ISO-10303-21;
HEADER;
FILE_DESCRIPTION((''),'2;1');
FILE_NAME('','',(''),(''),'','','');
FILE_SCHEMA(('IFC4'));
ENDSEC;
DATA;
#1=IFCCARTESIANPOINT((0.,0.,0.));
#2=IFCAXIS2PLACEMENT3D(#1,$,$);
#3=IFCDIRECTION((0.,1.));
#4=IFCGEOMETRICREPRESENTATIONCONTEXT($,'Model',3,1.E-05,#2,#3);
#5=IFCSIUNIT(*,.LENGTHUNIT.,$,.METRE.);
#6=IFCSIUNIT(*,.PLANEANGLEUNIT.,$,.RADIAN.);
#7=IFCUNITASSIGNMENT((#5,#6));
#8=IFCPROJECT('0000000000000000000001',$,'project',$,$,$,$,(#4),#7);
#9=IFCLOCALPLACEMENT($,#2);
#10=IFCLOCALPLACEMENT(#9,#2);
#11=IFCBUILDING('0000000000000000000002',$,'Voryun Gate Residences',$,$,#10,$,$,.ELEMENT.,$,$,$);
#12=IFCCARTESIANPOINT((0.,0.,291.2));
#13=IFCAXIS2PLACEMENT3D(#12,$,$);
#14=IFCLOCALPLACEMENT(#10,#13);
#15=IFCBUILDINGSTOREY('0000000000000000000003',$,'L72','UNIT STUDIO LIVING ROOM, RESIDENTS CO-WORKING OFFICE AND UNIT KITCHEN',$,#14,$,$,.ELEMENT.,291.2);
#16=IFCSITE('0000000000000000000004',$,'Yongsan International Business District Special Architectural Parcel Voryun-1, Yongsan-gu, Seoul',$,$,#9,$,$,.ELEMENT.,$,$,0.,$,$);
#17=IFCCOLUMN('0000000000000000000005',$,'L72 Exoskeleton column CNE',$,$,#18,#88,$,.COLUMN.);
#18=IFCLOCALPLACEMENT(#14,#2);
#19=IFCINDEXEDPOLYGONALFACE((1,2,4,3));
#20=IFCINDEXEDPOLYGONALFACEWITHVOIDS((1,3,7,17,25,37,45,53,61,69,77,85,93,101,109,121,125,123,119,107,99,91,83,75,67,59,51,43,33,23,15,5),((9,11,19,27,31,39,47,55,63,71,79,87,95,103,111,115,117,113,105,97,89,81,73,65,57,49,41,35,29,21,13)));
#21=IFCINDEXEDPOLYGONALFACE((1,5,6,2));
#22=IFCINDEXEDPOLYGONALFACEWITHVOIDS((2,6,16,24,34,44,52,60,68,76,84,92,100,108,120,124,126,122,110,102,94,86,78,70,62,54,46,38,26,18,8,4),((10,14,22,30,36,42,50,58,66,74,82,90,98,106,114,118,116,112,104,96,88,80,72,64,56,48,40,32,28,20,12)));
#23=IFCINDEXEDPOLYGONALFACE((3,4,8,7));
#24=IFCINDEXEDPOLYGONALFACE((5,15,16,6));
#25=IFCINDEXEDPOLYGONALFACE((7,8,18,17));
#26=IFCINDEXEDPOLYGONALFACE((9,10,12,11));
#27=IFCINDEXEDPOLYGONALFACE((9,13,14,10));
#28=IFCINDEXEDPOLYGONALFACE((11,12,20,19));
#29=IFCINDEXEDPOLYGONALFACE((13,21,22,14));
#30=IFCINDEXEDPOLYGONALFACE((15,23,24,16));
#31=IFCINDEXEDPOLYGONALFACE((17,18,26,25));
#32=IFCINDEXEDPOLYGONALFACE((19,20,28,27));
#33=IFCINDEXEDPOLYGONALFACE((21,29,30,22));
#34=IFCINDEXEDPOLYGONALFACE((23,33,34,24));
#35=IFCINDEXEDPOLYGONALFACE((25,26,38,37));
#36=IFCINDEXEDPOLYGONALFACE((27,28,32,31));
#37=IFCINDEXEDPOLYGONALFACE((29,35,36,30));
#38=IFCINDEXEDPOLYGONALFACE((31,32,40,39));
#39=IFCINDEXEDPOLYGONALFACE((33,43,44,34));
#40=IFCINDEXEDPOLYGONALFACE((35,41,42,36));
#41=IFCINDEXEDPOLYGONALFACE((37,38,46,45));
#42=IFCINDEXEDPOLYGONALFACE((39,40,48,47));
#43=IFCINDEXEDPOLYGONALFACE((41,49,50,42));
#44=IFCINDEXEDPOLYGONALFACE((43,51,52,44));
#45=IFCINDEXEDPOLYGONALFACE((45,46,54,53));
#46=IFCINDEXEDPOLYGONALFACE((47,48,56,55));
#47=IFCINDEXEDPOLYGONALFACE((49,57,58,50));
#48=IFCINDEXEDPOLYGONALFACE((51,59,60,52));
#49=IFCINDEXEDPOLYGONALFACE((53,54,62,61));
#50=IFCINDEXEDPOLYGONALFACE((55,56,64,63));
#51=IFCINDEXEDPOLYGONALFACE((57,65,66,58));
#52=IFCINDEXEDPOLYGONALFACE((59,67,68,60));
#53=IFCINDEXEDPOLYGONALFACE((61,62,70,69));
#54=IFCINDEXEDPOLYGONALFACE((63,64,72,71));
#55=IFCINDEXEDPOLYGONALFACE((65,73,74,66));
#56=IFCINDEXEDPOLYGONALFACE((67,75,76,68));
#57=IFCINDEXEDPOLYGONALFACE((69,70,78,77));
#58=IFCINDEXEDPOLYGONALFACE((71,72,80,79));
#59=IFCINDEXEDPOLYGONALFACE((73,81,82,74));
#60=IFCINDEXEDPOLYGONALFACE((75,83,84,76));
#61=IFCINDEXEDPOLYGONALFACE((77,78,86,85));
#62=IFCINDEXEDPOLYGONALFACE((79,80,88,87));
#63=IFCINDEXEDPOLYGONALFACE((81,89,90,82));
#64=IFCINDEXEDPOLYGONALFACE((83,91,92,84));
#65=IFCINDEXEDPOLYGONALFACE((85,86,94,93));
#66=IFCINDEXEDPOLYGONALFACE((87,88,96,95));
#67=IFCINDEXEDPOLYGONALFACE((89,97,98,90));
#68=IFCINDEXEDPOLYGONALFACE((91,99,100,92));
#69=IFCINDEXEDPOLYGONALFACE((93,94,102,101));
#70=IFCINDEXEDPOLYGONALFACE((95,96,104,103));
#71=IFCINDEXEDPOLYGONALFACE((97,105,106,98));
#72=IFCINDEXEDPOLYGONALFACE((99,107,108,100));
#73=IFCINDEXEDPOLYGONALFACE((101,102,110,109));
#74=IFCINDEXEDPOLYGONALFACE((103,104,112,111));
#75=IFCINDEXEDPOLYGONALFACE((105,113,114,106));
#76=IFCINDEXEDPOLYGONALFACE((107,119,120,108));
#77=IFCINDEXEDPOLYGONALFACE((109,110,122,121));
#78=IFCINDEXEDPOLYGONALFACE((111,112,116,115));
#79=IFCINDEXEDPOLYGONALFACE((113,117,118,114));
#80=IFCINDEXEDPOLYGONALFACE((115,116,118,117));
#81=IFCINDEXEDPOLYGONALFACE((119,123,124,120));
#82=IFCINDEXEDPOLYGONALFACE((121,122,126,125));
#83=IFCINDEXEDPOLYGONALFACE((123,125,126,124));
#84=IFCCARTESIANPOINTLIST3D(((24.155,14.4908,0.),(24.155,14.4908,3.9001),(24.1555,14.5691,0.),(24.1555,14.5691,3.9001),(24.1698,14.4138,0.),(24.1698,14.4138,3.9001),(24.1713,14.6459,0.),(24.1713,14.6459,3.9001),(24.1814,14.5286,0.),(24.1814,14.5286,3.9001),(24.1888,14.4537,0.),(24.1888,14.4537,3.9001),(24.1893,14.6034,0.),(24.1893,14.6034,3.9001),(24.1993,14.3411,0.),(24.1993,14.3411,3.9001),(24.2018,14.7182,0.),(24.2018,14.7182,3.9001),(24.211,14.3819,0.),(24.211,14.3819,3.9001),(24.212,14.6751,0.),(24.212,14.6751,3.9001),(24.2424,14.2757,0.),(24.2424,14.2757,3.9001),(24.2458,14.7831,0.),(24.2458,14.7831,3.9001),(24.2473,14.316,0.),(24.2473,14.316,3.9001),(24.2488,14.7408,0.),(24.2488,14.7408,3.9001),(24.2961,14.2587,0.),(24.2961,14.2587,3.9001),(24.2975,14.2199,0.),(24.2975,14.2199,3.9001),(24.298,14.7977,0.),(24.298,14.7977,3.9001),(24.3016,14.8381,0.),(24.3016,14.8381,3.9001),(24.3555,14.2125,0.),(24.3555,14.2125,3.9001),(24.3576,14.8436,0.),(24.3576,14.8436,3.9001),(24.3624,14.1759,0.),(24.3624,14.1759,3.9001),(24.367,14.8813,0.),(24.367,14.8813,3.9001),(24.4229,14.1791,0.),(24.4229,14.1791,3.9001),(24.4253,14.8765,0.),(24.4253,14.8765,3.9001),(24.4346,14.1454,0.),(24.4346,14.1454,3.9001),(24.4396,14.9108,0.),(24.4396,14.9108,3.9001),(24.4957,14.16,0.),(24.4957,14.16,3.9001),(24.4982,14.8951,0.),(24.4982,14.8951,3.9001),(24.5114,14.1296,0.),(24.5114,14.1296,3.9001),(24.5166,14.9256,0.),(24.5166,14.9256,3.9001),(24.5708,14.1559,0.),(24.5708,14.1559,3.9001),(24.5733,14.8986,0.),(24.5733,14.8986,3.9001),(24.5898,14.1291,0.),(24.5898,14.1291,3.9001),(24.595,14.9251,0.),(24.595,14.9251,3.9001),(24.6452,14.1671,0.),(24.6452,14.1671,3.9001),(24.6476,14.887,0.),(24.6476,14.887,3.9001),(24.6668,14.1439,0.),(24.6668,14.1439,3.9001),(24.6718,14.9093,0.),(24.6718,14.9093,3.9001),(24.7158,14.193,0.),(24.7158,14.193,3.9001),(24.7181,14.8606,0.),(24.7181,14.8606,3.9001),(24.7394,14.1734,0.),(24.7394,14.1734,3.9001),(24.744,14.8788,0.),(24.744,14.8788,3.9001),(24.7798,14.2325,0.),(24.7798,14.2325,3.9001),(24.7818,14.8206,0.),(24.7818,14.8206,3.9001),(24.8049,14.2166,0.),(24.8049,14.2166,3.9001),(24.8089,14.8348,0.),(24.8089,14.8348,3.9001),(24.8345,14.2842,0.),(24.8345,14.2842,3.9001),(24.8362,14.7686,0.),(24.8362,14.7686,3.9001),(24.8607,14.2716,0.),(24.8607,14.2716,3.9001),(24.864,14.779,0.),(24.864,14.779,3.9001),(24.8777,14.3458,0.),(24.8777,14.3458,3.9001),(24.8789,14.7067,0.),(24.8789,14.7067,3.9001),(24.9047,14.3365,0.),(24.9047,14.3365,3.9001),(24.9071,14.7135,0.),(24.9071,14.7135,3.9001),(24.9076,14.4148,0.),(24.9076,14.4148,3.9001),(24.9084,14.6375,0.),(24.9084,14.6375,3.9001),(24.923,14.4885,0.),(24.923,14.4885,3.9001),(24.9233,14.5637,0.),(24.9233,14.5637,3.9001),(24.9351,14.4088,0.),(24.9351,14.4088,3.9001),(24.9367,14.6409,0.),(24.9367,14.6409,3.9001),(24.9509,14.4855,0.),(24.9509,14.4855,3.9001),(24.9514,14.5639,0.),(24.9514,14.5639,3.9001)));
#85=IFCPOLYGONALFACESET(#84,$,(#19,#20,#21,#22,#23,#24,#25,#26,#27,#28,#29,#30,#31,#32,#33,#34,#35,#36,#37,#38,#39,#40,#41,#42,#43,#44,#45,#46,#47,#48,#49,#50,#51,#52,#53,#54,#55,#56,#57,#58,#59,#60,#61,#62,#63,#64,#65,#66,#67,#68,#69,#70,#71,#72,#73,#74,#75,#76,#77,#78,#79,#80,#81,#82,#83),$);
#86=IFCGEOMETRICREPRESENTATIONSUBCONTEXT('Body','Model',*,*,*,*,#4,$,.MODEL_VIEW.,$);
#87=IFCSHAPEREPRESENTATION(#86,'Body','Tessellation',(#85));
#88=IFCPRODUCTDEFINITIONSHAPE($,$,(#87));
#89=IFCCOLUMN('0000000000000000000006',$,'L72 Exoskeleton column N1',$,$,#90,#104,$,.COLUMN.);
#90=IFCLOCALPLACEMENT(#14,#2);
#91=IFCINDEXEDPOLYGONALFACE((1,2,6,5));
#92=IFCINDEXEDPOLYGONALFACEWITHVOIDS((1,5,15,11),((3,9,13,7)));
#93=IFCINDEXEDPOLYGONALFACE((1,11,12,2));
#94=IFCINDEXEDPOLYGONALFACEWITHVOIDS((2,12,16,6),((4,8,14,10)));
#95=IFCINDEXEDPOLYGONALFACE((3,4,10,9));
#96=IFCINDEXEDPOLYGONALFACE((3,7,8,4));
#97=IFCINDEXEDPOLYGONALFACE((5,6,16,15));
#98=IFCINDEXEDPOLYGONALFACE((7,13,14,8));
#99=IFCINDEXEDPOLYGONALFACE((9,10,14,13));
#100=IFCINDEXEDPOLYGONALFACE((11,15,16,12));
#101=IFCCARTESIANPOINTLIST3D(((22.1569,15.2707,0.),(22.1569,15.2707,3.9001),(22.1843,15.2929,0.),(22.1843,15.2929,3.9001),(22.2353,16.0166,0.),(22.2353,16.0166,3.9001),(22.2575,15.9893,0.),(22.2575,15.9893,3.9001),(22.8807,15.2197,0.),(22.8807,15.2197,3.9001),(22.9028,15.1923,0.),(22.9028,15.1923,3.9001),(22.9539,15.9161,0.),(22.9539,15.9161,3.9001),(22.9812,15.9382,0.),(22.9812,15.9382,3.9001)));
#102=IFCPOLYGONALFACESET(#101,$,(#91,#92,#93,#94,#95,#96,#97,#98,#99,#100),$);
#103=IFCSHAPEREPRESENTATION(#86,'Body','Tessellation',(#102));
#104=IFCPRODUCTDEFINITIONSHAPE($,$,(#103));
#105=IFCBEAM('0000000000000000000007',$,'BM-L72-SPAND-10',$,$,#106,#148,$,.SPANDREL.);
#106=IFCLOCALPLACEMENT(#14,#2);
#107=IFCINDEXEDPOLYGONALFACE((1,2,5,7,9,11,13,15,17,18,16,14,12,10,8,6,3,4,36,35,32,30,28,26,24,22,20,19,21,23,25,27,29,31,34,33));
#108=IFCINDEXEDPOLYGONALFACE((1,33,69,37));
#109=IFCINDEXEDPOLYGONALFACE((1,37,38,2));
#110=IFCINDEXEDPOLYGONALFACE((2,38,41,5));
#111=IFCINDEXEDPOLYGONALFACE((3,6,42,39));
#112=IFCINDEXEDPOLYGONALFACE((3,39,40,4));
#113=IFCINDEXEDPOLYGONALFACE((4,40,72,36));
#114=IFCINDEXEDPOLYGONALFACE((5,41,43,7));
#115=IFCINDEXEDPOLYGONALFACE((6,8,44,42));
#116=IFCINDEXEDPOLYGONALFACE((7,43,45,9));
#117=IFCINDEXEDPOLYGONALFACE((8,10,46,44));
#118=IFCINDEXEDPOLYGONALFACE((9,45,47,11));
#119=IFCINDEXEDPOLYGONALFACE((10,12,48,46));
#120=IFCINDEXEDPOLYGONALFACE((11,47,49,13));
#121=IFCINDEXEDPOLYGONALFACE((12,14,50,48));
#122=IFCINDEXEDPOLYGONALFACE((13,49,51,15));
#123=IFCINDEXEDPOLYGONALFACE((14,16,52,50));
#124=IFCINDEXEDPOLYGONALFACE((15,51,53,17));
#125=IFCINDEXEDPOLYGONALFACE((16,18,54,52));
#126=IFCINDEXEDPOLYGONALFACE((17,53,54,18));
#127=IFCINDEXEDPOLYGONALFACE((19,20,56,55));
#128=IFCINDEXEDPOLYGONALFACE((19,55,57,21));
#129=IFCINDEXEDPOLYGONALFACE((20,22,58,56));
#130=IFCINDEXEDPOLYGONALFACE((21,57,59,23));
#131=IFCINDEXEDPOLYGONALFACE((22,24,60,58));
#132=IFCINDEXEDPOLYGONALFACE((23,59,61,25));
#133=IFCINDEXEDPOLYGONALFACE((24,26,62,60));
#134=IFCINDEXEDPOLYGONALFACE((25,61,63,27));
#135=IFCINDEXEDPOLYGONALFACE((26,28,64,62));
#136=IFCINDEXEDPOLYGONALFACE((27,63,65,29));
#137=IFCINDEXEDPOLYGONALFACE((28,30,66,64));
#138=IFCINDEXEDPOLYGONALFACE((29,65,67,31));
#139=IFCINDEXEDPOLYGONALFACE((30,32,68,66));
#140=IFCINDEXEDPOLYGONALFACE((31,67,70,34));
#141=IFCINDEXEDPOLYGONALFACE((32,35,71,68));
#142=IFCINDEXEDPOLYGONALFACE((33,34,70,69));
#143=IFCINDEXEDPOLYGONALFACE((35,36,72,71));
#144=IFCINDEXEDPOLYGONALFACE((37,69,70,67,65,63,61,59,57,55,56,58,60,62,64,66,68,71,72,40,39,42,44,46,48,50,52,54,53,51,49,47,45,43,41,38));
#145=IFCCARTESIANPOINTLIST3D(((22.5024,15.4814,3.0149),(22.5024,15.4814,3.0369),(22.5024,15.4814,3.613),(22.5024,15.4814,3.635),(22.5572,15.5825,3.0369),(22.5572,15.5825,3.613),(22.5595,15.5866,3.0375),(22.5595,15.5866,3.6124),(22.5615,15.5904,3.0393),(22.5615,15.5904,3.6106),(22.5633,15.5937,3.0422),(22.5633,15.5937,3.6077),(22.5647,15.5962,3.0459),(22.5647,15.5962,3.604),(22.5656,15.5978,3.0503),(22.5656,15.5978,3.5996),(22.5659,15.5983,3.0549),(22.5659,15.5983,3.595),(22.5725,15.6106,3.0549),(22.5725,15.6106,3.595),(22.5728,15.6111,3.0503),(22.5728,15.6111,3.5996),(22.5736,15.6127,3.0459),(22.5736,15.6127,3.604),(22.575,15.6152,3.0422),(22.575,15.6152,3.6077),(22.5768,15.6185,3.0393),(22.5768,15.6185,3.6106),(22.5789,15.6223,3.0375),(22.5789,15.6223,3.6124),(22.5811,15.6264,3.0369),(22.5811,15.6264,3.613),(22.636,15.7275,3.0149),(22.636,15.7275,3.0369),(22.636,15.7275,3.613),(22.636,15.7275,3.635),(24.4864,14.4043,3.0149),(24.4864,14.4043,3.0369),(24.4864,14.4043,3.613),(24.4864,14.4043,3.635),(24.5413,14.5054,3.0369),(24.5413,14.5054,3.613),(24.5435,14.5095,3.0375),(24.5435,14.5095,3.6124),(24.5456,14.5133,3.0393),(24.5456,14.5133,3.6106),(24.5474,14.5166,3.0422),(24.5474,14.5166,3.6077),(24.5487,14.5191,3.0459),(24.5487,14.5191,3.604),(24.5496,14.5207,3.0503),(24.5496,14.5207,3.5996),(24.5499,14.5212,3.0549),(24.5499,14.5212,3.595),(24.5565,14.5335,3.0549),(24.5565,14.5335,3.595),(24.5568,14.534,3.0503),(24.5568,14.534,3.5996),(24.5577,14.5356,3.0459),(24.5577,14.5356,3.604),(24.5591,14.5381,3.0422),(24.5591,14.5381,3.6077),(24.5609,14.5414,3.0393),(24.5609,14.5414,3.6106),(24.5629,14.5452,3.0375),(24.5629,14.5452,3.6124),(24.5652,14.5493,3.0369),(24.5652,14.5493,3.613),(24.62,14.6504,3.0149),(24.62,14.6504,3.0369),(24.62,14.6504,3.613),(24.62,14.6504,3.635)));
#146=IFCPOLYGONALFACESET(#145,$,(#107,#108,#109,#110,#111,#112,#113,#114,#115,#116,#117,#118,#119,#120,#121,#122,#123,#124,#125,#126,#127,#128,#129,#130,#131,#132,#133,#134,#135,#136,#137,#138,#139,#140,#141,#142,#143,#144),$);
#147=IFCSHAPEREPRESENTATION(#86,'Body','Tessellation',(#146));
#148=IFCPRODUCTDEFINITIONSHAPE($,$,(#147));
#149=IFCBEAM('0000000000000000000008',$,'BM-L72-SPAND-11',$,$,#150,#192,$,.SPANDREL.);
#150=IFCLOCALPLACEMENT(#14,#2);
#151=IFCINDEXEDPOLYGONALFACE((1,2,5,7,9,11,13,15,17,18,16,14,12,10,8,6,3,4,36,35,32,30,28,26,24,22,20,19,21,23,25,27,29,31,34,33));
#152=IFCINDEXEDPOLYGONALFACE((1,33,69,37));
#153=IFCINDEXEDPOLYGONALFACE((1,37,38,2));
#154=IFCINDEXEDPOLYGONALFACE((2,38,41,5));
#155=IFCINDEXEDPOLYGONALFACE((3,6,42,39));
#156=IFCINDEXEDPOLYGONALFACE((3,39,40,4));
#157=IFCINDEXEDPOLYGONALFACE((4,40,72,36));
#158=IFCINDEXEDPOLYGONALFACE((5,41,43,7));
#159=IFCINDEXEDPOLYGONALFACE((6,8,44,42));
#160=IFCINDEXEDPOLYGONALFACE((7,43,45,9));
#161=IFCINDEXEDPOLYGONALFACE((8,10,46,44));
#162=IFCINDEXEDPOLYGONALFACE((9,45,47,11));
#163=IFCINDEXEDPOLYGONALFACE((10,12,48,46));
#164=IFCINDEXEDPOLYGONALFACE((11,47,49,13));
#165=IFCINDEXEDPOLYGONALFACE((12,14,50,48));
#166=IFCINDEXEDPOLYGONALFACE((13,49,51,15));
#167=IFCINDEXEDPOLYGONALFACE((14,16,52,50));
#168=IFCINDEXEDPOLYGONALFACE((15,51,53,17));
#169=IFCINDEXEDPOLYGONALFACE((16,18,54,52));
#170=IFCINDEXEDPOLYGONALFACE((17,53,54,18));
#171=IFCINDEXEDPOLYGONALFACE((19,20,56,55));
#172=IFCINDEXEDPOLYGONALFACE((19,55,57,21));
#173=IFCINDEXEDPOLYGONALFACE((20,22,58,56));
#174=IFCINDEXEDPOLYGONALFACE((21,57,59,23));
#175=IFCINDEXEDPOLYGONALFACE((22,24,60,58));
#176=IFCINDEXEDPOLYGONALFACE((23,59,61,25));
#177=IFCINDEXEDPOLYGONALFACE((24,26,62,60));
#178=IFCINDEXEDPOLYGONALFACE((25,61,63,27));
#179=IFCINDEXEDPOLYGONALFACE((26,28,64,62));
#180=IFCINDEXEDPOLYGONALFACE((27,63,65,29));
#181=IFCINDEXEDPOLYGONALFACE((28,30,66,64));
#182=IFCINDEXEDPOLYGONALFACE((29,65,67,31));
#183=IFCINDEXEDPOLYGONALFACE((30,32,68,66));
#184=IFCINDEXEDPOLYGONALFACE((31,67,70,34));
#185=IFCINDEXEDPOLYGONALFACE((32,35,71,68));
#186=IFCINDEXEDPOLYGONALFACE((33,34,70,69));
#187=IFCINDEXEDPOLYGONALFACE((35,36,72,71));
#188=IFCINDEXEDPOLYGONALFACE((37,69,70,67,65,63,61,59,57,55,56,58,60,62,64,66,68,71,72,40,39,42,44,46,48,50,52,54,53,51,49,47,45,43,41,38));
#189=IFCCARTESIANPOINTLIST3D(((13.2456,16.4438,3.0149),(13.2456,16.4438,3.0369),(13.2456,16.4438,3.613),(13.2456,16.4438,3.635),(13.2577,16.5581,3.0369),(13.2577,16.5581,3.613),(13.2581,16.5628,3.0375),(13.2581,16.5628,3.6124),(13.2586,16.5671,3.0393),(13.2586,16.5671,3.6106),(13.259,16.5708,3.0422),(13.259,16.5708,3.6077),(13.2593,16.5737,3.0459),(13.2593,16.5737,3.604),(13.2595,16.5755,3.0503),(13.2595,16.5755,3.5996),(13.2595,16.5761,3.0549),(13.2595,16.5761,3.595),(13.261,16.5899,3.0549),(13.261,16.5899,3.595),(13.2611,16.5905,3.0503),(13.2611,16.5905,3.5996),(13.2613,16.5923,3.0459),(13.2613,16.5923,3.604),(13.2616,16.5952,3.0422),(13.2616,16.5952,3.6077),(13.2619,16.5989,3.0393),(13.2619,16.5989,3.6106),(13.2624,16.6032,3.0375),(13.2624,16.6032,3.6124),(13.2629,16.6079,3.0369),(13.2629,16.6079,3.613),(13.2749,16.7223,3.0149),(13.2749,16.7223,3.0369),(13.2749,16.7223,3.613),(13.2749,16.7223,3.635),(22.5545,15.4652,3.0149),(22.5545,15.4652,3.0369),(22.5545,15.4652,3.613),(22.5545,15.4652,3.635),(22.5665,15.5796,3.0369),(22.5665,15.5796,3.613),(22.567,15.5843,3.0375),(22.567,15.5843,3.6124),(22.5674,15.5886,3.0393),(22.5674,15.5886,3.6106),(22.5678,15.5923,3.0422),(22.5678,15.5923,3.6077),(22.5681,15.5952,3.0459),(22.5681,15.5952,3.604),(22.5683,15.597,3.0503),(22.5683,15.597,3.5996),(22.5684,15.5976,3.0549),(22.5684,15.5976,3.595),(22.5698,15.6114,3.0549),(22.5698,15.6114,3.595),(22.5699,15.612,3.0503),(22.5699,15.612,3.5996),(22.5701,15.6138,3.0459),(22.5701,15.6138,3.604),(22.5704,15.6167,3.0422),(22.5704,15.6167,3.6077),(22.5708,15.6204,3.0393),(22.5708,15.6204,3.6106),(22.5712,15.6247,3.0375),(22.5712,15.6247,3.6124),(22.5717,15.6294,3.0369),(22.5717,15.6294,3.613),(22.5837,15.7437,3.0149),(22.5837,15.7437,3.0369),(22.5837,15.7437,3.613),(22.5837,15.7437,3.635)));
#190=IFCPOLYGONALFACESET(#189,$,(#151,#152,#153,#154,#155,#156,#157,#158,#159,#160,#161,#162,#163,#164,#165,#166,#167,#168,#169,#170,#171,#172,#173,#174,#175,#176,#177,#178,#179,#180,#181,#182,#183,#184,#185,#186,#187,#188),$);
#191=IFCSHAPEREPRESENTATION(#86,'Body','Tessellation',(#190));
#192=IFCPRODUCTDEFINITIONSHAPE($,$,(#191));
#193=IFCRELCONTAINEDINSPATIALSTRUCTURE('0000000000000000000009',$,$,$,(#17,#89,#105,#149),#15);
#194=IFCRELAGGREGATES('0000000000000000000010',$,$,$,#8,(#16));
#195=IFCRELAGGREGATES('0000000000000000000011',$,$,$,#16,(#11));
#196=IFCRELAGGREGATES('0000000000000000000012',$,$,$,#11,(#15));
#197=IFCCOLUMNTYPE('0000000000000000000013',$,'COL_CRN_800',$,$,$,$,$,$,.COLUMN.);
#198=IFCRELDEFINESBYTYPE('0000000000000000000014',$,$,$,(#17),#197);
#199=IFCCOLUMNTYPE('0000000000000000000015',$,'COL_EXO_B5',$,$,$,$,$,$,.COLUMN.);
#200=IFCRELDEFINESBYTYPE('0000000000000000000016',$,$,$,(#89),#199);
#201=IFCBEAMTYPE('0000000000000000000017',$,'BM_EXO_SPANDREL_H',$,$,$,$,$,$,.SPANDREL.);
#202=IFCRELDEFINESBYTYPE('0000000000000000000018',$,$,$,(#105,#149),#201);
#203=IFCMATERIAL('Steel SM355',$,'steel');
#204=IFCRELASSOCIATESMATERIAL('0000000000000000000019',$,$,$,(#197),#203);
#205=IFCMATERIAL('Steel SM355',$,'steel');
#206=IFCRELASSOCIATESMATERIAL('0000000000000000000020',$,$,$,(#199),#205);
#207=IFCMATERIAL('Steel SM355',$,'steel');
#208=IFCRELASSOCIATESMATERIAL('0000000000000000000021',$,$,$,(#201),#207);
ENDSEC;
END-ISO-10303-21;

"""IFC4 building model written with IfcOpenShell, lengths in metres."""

from ifc_helpers import new_model, si_unit, direction, frame, origin, origin_2d, place, context, subcontext, project, spatial, hollow_rectangle, hollow_circle, i_section, extrude, material, material_profile, profile_set, type_object, element, save


model = new_model("IFC4")

# Units and contexts
model_context = context("Model", 3, precision=1e-05, world=origin(), true_north=direction((0.0, 1.0)))
body_context = subcontext(model_context, "Body", "Model", "MODEL_VIEW")
ifc_project = project(units=[si_unit("LENGTHUNIT", "METRE"), si_unit("PLANEANGLEUNIT", "RADIAN")], contexts=[model_context])

# Site, building, storey
site_placement = place(None, origin())
site = spatial("IfcSite", under=ifc_project, at=site_placement, Name="Yongsan International Business District Special Architectural Parcel Voryun-1, Yongsan-gu, Seoul", CompositionType="ELEMENT", RefElevation=0.0)
building_placement = place(site_placement, origin())
building = spatial("IfcBuilding", under=site, at=building_placement, Name="Voryun Gate Residences", CompositionType="ELEMENT")
storey_placement = place(building_placement, frame((0.0, 0.0, 291.2)))
storey = spatial("IfcBuildingStorey", under=building, at=storey_placement, Name="L72", Description="UNIT STUDIO LIVING ROOM, RESIDENTS CO-WORKING OFFICE AND UNIT KITCHEN", CompositionType="ELEMENT", Elevation=291.2)

# Columns
ifc_material_1 = material(Name="Steel SM355", Category="steel")
ifc_material_profile_1 = material_profile(ifc_material_1, hollow_circle(Radius=0.3999, WallThickness=0.0281, at=origin_2d()), Name="CHS-800x28")
ifc_profile_set_1 = profile_set([ifc_material_profile_1], Name="Steel SM355")
column_type_1 = type_object("IfcColumnType", Name="COL_CRN_800", PredefinedType="COLUMN", material=ifc_profile_set_1)
column_1_placement = place(storey_placement, frame((24.5532, 14.5273, 0.0), z_axis=(0.0, 0.0, 1.0), x_axis=(0.994522, -0.104528, 0.0)))
element("IfcColumn", 1, at=column_1_placement, inside=storey, type_object=column_type_1, Name="L72 Exoskeleton column CNE", PredefinedType="COLUMN", context=body_context, shape_type="SweptSolid", body=[
    extrude(hollow_circle(Radius=0.3999, WallThickness=0.0281, at=origin_2d()), origin(), (0.0, 0.0, 1.0), 3.9001),
])
ifc_material_2 = material(Name="Steel SM355", Category="steel")
ifc_material_profile_2 = material_profile(ifc_material_2, hollow_rectangle(XDim=0.75, YDim=0.75, WallThickness=0.0249, at=origin_2d()), Name="BOX-750x750x25")
ifc_profile_set_2 = profile_set([ifc_material_profile_2], Name="Steel SM355")
column_type_2 = type_object("IfcColumnType", Name="COL_EXO_B5", PredefinedType="COLUMN", material=ifc_profile_set_2)
column_2_placement = place(storey_placement, frame((22.5691, 15.6045, 0.0), z_axis=(0.0, 0.0, 1.0), x_axis=(0.994522, -0.104528, 0.0)))
element("IfcColumn", 2, at=column_2_placement, inside=storey, type_object=column_type_2, Name="L72 Exoskeleton column N1", PredefinedType="COLUMN", context=body_context, shape_type="SweptSolid", body=[
    extrude(hollow_rectangle(XDim=0.75, YDim=0.75, WallThickness=0.0249, at=origin_2d()), origin(), (0.0, 0.0, 1.0), 3.9001),
])

# Beams
ifc_material_3 = material(Name="Steel SM355", Category="steel")
ifc_material_profile_3 = material_profile(ifc_material_3, i_section(OverallWidth=0.28, OverallDepth=0.6201, WebThickness=0.0139, FlangeThickness=0.022, FilletRadius=0.0181, at=origin_2d()), Name="H-620x280x14x22")
ifc_profile_set_3 = profile_set([ifc_material_profile_3], Name="Steel SM355")
beam_type_1 = type_object("IfcBeamType", Name="BM_EXO_SPANDREL_H", PredefinedType="SPANDREL", material=ifc_profile_set_3)
beam_1_placement = place(storey_placement, frame((24.5532, 14.5273, 3.325), z_axis=(-0.878844, 0.477109, 0.0), x_axis=(-0.477109, -0.878844, 0.0)))
element("IfcBeam", 3, at=beam_1_placement, inside=storey, type_object=beam_type_1, Name="BM-L72-SPAND-10", PredefinedType="SPANDREL", context=body_context, shape_type="SweptSolid", body=[
    extrude(i_section(OverallWidth=0.28, OverallDepth=0.6201, WebThickness=0.0139, FlangeThickness=0.022, FilletRadius=0.0181, at=origin_2d()), origin(), (0.0, 0.0, 1.0), 2.2576),
])
beam_2_placement = place(storey_placement, frame((22.5691, 15.6045, 3.325), z_axis=(-0.994521, 0.104541, 0.0), x_axis=(-0.104541, -0.994521, 0.0)))
element("IfcBeam", 4, at=beam_2_placement, inside=storey, type_object=beam_type_1, Name="BM-L72-SPAND-11", PredefinedType="SPANDREL", context=body_context, shape_type="SweptSolid", body=[
    extrude(i_section(OverallWidth=0.28, OverallDepth=0.6201, WebThickness=0.0139, FlangeThickness=0.022, FilletRadius=0.0181, at=origin_2d()), origin(), (0.0, 0.0, 1.0), 9.3601),
])

save(model, "model.ifc")
